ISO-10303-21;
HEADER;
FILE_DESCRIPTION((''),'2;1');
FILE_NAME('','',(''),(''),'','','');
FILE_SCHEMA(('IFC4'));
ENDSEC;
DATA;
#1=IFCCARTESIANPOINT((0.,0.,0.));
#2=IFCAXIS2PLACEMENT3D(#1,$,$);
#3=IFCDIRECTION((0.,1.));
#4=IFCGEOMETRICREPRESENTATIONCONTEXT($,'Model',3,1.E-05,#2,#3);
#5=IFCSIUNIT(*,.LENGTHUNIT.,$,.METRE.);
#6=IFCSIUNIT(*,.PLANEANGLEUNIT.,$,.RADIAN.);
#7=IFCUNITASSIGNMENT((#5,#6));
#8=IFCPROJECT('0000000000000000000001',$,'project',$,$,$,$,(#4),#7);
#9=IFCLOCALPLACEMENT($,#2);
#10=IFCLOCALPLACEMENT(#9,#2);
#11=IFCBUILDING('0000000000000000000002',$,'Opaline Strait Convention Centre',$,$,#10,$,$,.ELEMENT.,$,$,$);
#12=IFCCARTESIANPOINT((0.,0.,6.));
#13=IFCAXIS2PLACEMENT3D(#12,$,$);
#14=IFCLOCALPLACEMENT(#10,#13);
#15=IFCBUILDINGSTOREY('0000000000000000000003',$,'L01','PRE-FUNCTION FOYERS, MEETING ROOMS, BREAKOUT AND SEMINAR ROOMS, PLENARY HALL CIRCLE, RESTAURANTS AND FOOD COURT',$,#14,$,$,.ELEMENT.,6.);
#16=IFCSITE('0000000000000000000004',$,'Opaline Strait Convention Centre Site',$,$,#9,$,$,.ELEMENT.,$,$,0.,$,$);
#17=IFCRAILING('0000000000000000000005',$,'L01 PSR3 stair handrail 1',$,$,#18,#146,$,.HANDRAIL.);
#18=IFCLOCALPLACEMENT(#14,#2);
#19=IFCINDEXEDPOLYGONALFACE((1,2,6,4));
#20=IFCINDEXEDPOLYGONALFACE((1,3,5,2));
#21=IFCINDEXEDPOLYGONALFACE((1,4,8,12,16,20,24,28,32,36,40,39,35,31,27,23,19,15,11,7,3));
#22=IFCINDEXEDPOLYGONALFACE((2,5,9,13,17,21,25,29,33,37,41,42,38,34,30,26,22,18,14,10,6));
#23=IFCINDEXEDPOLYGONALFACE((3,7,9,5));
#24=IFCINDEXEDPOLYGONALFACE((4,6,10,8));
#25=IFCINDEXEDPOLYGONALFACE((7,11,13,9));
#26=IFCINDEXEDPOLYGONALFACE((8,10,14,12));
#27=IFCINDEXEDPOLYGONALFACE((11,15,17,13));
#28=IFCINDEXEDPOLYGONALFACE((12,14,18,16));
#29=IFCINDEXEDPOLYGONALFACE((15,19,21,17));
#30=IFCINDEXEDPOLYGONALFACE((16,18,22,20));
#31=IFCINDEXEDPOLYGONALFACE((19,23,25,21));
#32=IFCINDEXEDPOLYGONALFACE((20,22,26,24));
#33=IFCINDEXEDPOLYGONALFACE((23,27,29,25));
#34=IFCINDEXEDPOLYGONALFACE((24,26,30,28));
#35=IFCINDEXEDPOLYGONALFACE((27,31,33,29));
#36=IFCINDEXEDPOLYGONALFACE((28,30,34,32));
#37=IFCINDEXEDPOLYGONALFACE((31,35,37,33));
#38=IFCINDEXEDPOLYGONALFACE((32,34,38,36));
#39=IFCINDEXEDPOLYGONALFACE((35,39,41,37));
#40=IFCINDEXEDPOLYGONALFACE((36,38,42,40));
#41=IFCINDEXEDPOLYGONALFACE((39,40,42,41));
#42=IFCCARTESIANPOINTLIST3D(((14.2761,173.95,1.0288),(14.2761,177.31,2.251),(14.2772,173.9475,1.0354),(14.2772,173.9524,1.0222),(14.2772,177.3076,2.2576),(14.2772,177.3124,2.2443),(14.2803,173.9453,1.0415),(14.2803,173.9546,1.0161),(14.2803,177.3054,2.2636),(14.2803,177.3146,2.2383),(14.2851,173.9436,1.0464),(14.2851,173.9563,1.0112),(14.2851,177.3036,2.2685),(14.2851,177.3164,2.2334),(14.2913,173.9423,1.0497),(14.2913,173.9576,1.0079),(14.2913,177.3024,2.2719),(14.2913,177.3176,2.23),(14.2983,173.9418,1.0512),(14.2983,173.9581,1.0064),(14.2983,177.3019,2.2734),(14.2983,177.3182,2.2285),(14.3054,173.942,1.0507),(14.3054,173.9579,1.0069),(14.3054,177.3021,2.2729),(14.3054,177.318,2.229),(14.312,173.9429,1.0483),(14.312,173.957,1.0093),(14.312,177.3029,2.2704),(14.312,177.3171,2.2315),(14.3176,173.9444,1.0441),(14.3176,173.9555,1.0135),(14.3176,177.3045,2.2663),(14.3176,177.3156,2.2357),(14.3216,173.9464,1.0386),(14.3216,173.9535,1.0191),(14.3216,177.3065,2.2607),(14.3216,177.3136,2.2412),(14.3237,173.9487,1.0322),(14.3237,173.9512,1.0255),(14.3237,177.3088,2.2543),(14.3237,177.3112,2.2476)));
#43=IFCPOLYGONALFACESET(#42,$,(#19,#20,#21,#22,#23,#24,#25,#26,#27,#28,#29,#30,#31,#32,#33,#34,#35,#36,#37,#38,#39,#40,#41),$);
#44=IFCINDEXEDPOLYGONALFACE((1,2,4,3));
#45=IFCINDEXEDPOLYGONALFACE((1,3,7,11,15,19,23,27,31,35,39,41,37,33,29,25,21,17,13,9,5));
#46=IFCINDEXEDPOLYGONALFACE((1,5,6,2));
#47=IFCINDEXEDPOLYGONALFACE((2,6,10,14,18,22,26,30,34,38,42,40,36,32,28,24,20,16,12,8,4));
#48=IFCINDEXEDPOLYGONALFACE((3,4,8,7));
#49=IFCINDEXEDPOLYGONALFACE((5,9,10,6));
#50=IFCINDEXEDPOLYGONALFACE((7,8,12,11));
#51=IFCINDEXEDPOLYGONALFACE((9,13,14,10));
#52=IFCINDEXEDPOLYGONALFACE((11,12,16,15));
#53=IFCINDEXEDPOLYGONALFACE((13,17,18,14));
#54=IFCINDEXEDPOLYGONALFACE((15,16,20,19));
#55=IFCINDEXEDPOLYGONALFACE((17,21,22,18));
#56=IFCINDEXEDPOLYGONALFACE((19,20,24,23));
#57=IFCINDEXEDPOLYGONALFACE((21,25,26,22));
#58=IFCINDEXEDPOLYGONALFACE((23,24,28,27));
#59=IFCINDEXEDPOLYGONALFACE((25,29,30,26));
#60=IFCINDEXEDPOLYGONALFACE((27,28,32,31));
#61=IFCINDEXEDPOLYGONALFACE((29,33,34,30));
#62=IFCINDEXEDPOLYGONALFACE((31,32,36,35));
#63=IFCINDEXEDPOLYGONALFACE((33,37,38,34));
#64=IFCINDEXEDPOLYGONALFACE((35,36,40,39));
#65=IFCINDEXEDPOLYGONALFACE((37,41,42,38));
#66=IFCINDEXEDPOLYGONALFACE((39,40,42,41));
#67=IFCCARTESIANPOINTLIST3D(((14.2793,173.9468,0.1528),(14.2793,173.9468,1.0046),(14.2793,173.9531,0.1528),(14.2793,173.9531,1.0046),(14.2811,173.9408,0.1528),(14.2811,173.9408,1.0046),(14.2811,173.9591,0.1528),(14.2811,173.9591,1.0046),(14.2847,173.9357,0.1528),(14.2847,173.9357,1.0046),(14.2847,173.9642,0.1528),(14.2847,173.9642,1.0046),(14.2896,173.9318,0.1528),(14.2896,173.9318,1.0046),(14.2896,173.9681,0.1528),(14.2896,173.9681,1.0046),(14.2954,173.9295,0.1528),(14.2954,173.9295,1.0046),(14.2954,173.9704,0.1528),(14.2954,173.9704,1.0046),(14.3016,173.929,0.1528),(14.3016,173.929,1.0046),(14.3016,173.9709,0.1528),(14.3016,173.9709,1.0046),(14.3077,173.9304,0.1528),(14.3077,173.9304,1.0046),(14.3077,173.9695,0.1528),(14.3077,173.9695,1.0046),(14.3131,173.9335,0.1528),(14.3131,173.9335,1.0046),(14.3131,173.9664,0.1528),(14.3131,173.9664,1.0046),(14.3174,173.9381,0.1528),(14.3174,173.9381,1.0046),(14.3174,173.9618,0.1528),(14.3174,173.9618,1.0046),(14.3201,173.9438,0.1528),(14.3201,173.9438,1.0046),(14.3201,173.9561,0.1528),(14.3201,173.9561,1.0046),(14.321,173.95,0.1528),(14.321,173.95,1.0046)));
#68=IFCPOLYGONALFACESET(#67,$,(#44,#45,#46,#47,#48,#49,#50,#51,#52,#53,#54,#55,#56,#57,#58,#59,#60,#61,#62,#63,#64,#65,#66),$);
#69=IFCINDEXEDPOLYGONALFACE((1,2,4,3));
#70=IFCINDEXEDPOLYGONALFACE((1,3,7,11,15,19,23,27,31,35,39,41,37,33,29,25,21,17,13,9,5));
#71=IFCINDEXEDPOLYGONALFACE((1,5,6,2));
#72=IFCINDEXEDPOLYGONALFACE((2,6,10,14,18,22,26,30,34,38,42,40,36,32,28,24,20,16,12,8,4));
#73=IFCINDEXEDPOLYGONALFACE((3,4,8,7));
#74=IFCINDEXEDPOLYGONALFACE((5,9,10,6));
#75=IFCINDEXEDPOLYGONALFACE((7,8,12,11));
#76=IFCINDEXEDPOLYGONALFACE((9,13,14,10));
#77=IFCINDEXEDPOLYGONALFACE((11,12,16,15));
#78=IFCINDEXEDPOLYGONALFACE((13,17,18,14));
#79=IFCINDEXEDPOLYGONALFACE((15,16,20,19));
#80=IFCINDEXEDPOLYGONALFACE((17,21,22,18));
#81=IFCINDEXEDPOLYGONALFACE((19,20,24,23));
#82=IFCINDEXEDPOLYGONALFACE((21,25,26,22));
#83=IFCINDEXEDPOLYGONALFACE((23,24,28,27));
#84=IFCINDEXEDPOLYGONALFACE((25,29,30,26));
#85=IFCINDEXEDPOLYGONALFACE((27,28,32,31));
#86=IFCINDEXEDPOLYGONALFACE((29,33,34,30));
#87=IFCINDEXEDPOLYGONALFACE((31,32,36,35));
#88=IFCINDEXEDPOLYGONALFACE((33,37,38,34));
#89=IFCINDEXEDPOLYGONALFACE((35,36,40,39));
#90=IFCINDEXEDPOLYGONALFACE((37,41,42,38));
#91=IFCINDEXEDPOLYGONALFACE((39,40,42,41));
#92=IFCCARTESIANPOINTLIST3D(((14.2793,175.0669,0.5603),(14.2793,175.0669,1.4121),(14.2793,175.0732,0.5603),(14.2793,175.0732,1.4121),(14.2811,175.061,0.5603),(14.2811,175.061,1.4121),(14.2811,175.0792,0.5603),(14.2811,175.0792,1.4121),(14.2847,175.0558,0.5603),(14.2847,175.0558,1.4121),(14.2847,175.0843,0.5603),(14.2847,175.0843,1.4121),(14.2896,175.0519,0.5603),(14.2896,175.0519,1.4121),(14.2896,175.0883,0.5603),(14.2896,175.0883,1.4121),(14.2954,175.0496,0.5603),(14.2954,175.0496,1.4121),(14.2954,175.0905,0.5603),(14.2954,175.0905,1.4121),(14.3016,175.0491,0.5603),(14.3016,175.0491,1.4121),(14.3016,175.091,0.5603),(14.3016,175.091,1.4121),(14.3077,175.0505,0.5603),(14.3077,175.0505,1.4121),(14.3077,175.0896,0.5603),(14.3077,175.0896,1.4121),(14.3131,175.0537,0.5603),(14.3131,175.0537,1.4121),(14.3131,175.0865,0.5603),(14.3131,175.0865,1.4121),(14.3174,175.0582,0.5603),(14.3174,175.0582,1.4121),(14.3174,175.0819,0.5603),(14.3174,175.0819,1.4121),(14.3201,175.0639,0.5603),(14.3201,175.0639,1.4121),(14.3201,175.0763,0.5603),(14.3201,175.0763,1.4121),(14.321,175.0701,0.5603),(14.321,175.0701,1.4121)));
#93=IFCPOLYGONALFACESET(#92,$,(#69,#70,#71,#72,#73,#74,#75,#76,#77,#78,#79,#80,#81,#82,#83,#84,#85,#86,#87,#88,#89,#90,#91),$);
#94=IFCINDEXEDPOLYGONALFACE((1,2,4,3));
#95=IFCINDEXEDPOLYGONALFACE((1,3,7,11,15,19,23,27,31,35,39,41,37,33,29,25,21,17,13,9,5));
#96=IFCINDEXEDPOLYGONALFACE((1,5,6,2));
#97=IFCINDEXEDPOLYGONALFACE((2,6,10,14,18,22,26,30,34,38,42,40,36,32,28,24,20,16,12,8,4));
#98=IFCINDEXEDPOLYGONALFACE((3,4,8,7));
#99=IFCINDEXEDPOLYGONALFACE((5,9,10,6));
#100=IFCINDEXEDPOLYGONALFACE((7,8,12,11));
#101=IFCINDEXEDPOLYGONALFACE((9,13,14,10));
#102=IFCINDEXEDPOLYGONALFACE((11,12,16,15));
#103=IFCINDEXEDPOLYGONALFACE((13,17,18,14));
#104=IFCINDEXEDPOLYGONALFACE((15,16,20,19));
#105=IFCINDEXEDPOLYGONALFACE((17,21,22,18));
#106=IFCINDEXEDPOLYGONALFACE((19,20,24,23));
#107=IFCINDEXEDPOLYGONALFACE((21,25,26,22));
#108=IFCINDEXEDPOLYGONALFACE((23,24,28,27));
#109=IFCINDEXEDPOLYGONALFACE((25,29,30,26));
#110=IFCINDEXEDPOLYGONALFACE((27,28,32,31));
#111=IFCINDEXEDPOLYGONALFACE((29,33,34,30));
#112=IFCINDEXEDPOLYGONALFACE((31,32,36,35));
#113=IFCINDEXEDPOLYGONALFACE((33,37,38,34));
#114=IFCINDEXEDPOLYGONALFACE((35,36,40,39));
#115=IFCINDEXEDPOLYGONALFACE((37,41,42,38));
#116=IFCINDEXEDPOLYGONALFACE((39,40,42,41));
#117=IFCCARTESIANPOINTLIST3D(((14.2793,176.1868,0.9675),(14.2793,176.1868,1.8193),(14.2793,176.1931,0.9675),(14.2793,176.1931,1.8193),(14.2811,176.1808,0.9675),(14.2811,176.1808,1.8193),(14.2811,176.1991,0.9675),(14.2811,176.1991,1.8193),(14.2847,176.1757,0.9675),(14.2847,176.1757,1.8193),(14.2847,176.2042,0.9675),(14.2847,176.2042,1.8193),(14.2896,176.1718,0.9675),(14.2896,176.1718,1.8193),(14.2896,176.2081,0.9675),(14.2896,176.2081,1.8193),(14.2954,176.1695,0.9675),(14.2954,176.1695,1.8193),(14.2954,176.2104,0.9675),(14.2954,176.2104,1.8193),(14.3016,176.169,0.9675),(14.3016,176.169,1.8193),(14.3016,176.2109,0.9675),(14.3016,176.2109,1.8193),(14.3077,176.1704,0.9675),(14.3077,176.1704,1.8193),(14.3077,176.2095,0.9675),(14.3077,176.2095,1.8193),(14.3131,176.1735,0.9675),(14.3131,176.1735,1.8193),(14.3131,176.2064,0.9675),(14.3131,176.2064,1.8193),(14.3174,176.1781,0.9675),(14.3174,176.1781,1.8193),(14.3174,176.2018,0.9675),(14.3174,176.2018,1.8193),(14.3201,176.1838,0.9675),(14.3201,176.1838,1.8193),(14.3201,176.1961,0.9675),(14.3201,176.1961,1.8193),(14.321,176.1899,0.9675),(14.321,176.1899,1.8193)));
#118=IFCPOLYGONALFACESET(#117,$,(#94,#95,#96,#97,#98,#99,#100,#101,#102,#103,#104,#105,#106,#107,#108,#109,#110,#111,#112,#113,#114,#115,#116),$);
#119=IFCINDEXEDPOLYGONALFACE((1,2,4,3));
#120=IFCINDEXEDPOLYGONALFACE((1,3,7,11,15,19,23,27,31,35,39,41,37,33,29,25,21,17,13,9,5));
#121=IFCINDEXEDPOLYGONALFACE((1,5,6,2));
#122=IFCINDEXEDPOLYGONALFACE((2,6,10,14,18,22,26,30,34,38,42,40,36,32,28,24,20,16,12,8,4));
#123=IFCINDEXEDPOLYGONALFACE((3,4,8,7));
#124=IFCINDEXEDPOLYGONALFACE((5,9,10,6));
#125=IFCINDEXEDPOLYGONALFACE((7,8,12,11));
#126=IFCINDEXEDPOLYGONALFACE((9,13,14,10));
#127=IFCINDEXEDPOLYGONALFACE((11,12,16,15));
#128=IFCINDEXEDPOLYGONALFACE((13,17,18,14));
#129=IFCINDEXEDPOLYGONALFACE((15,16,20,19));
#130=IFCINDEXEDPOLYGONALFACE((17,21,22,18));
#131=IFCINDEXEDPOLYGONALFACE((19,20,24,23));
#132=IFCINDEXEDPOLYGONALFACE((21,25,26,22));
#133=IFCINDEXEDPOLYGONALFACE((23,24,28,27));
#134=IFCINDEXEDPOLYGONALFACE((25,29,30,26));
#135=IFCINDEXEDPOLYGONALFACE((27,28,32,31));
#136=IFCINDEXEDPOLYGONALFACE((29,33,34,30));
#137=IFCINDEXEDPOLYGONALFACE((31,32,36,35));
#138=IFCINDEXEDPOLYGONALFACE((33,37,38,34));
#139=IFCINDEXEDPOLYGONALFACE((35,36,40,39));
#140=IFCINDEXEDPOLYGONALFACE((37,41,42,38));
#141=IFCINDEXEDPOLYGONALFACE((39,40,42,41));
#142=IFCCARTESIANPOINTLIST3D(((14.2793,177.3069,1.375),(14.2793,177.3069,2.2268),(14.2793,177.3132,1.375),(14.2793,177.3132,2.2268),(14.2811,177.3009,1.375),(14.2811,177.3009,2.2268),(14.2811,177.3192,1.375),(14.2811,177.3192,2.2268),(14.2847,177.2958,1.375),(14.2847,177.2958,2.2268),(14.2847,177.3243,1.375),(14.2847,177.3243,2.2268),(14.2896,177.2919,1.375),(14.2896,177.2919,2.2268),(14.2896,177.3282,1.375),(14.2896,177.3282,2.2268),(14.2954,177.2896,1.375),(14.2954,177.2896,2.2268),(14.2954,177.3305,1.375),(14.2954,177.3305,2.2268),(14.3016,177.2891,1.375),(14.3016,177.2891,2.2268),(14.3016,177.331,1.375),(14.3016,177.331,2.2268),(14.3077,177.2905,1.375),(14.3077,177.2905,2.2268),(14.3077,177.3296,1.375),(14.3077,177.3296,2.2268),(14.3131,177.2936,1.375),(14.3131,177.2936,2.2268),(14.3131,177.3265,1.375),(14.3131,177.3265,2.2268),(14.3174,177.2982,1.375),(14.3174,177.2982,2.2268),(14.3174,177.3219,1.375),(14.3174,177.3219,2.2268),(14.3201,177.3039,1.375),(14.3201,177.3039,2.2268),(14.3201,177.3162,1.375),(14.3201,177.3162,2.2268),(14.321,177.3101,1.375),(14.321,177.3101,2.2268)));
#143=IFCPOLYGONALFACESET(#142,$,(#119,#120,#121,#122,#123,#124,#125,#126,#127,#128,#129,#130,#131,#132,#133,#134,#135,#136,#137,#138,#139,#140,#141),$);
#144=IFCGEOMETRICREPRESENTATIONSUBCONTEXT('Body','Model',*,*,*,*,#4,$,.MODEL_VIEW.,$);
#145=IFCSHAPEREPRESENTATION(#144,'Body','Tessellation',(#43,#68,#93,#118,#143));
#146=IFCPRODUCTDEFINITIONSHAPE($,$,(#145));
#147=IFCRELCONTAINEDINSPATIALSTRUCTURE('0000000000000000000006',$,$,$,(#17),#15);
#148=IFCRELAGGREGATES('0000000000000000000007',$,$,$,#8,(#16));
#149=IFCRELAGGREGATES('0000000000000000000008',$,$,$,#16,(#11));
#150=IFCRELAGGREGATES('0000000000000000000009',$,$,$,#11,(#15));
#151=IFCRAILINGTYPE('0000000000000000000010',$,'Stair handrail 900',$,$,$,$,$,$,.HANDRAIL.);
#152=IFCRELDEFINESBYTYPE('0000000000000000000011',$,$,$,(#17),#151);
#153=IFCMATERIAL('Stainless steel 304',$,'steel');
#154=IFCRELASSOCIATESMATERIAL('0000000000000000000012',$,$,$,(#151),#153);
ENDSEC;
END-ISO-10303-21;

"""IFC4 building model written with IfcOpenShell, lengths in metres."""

from ifc_helpers import new_model, si_unit, direction, frame, origin, origin_2d, place, context, subcontext, project, spatial, circle, extrude, material, type_object, element, save


model = new_model("IFC4")

# Units and contexts
model_context = context("Model", 3, precision=1e-05, world=origin(), true_north=direction((0.0, 1.0)))
body_context = subcontext(model_context, "Body", "Model", "MODEL_VIEW")
ifc_project = project(units=[si_unit("LENGTHUNIT", "METRE"), si_unit("PLANEANGLEUNIT", "RADIAN")], contexts=[model_context])

# Site, building, storey
site_placement = place(None, origin())
site = spatial("IfcSite", under=ifc_project, at=site_placement, Name="Opaline Strait Convention Centre Site", CompositionType="ELEMENT", RefElevation=0.0)
building_placement = place(site_placement, origin())
building = spatial("IfcBuilding", under=site, at=building_placement, Name="Opaline Strait Convention Centre", CompositionType="ELEMENT")
storey_placement = place(building_placement, frame((0.0, 0.0, 6.0)))
storey = spatial("IfcBuildingStorey", under=building, at=storey_placement, Name="L01", Description="PRE-FUNCTION FOYERS, MEETING ROOMS, BREAKOUT AND SEMINAR ROOMS, PLENARY HALL CIRCLE, RESTAURANTS AND FOOD COURT", CompositionType="ELEMENT", Elevation=6.0)

# Shared definitions
ifc_material_1 = material(Name="Stainless steel 304", Category="steel")

# Railing
railing_type_1 = type_object("IfcRailingType", Name="Stair handrail 900", PredefinedType="HANDRAIL", material=ifc_material_1)
for number, where, name in (
    (1, (14.3, 173.95, 0.1528), "L01 PSR3 stair handrail 1"),
):
    element("IfcRailing", number, at=place(storey_placement, frame(where)), inside=storey, type_object=railing_type_1, Name=name, PredefinedType="HANDRAIL", context=body_context, shape_type="SweptSolid", body=[
        extrude(circle(Radius=0.0239, at=origin_2d()), frame((0.0, 0.0, 0.876), z_axis=(0.0, 0.939766, 0.34182), x_axis=(-1.0, 0.0, 0.0)), (0.0, 0.0, 1.0), 3.5754),
        extrude(circle(Radius=0.021, at=origin_2d()), origin(), (0.0, 0.0, 1.0), 0.8518),
        extrude(circle(Radius=0.021, at=origin_2d()), frame((0.0, 1.1201, 0.4075)), (0.0, 0.0, 1.0), 0.8518),
        extrude(circle(Radius=0.021, at=origin_2d()), frame((0.0, 2.24, 0.8147)), (0.0, 0.0, 1.0), 0.8518),
        extrude(circle(Radius=0.021, at=origin_2d()), frame((0.0, 3.3601, 1.2222)), (0.0, 0.0, 1.0), 0.8518),
    ])

save(model, "model.ifc")
